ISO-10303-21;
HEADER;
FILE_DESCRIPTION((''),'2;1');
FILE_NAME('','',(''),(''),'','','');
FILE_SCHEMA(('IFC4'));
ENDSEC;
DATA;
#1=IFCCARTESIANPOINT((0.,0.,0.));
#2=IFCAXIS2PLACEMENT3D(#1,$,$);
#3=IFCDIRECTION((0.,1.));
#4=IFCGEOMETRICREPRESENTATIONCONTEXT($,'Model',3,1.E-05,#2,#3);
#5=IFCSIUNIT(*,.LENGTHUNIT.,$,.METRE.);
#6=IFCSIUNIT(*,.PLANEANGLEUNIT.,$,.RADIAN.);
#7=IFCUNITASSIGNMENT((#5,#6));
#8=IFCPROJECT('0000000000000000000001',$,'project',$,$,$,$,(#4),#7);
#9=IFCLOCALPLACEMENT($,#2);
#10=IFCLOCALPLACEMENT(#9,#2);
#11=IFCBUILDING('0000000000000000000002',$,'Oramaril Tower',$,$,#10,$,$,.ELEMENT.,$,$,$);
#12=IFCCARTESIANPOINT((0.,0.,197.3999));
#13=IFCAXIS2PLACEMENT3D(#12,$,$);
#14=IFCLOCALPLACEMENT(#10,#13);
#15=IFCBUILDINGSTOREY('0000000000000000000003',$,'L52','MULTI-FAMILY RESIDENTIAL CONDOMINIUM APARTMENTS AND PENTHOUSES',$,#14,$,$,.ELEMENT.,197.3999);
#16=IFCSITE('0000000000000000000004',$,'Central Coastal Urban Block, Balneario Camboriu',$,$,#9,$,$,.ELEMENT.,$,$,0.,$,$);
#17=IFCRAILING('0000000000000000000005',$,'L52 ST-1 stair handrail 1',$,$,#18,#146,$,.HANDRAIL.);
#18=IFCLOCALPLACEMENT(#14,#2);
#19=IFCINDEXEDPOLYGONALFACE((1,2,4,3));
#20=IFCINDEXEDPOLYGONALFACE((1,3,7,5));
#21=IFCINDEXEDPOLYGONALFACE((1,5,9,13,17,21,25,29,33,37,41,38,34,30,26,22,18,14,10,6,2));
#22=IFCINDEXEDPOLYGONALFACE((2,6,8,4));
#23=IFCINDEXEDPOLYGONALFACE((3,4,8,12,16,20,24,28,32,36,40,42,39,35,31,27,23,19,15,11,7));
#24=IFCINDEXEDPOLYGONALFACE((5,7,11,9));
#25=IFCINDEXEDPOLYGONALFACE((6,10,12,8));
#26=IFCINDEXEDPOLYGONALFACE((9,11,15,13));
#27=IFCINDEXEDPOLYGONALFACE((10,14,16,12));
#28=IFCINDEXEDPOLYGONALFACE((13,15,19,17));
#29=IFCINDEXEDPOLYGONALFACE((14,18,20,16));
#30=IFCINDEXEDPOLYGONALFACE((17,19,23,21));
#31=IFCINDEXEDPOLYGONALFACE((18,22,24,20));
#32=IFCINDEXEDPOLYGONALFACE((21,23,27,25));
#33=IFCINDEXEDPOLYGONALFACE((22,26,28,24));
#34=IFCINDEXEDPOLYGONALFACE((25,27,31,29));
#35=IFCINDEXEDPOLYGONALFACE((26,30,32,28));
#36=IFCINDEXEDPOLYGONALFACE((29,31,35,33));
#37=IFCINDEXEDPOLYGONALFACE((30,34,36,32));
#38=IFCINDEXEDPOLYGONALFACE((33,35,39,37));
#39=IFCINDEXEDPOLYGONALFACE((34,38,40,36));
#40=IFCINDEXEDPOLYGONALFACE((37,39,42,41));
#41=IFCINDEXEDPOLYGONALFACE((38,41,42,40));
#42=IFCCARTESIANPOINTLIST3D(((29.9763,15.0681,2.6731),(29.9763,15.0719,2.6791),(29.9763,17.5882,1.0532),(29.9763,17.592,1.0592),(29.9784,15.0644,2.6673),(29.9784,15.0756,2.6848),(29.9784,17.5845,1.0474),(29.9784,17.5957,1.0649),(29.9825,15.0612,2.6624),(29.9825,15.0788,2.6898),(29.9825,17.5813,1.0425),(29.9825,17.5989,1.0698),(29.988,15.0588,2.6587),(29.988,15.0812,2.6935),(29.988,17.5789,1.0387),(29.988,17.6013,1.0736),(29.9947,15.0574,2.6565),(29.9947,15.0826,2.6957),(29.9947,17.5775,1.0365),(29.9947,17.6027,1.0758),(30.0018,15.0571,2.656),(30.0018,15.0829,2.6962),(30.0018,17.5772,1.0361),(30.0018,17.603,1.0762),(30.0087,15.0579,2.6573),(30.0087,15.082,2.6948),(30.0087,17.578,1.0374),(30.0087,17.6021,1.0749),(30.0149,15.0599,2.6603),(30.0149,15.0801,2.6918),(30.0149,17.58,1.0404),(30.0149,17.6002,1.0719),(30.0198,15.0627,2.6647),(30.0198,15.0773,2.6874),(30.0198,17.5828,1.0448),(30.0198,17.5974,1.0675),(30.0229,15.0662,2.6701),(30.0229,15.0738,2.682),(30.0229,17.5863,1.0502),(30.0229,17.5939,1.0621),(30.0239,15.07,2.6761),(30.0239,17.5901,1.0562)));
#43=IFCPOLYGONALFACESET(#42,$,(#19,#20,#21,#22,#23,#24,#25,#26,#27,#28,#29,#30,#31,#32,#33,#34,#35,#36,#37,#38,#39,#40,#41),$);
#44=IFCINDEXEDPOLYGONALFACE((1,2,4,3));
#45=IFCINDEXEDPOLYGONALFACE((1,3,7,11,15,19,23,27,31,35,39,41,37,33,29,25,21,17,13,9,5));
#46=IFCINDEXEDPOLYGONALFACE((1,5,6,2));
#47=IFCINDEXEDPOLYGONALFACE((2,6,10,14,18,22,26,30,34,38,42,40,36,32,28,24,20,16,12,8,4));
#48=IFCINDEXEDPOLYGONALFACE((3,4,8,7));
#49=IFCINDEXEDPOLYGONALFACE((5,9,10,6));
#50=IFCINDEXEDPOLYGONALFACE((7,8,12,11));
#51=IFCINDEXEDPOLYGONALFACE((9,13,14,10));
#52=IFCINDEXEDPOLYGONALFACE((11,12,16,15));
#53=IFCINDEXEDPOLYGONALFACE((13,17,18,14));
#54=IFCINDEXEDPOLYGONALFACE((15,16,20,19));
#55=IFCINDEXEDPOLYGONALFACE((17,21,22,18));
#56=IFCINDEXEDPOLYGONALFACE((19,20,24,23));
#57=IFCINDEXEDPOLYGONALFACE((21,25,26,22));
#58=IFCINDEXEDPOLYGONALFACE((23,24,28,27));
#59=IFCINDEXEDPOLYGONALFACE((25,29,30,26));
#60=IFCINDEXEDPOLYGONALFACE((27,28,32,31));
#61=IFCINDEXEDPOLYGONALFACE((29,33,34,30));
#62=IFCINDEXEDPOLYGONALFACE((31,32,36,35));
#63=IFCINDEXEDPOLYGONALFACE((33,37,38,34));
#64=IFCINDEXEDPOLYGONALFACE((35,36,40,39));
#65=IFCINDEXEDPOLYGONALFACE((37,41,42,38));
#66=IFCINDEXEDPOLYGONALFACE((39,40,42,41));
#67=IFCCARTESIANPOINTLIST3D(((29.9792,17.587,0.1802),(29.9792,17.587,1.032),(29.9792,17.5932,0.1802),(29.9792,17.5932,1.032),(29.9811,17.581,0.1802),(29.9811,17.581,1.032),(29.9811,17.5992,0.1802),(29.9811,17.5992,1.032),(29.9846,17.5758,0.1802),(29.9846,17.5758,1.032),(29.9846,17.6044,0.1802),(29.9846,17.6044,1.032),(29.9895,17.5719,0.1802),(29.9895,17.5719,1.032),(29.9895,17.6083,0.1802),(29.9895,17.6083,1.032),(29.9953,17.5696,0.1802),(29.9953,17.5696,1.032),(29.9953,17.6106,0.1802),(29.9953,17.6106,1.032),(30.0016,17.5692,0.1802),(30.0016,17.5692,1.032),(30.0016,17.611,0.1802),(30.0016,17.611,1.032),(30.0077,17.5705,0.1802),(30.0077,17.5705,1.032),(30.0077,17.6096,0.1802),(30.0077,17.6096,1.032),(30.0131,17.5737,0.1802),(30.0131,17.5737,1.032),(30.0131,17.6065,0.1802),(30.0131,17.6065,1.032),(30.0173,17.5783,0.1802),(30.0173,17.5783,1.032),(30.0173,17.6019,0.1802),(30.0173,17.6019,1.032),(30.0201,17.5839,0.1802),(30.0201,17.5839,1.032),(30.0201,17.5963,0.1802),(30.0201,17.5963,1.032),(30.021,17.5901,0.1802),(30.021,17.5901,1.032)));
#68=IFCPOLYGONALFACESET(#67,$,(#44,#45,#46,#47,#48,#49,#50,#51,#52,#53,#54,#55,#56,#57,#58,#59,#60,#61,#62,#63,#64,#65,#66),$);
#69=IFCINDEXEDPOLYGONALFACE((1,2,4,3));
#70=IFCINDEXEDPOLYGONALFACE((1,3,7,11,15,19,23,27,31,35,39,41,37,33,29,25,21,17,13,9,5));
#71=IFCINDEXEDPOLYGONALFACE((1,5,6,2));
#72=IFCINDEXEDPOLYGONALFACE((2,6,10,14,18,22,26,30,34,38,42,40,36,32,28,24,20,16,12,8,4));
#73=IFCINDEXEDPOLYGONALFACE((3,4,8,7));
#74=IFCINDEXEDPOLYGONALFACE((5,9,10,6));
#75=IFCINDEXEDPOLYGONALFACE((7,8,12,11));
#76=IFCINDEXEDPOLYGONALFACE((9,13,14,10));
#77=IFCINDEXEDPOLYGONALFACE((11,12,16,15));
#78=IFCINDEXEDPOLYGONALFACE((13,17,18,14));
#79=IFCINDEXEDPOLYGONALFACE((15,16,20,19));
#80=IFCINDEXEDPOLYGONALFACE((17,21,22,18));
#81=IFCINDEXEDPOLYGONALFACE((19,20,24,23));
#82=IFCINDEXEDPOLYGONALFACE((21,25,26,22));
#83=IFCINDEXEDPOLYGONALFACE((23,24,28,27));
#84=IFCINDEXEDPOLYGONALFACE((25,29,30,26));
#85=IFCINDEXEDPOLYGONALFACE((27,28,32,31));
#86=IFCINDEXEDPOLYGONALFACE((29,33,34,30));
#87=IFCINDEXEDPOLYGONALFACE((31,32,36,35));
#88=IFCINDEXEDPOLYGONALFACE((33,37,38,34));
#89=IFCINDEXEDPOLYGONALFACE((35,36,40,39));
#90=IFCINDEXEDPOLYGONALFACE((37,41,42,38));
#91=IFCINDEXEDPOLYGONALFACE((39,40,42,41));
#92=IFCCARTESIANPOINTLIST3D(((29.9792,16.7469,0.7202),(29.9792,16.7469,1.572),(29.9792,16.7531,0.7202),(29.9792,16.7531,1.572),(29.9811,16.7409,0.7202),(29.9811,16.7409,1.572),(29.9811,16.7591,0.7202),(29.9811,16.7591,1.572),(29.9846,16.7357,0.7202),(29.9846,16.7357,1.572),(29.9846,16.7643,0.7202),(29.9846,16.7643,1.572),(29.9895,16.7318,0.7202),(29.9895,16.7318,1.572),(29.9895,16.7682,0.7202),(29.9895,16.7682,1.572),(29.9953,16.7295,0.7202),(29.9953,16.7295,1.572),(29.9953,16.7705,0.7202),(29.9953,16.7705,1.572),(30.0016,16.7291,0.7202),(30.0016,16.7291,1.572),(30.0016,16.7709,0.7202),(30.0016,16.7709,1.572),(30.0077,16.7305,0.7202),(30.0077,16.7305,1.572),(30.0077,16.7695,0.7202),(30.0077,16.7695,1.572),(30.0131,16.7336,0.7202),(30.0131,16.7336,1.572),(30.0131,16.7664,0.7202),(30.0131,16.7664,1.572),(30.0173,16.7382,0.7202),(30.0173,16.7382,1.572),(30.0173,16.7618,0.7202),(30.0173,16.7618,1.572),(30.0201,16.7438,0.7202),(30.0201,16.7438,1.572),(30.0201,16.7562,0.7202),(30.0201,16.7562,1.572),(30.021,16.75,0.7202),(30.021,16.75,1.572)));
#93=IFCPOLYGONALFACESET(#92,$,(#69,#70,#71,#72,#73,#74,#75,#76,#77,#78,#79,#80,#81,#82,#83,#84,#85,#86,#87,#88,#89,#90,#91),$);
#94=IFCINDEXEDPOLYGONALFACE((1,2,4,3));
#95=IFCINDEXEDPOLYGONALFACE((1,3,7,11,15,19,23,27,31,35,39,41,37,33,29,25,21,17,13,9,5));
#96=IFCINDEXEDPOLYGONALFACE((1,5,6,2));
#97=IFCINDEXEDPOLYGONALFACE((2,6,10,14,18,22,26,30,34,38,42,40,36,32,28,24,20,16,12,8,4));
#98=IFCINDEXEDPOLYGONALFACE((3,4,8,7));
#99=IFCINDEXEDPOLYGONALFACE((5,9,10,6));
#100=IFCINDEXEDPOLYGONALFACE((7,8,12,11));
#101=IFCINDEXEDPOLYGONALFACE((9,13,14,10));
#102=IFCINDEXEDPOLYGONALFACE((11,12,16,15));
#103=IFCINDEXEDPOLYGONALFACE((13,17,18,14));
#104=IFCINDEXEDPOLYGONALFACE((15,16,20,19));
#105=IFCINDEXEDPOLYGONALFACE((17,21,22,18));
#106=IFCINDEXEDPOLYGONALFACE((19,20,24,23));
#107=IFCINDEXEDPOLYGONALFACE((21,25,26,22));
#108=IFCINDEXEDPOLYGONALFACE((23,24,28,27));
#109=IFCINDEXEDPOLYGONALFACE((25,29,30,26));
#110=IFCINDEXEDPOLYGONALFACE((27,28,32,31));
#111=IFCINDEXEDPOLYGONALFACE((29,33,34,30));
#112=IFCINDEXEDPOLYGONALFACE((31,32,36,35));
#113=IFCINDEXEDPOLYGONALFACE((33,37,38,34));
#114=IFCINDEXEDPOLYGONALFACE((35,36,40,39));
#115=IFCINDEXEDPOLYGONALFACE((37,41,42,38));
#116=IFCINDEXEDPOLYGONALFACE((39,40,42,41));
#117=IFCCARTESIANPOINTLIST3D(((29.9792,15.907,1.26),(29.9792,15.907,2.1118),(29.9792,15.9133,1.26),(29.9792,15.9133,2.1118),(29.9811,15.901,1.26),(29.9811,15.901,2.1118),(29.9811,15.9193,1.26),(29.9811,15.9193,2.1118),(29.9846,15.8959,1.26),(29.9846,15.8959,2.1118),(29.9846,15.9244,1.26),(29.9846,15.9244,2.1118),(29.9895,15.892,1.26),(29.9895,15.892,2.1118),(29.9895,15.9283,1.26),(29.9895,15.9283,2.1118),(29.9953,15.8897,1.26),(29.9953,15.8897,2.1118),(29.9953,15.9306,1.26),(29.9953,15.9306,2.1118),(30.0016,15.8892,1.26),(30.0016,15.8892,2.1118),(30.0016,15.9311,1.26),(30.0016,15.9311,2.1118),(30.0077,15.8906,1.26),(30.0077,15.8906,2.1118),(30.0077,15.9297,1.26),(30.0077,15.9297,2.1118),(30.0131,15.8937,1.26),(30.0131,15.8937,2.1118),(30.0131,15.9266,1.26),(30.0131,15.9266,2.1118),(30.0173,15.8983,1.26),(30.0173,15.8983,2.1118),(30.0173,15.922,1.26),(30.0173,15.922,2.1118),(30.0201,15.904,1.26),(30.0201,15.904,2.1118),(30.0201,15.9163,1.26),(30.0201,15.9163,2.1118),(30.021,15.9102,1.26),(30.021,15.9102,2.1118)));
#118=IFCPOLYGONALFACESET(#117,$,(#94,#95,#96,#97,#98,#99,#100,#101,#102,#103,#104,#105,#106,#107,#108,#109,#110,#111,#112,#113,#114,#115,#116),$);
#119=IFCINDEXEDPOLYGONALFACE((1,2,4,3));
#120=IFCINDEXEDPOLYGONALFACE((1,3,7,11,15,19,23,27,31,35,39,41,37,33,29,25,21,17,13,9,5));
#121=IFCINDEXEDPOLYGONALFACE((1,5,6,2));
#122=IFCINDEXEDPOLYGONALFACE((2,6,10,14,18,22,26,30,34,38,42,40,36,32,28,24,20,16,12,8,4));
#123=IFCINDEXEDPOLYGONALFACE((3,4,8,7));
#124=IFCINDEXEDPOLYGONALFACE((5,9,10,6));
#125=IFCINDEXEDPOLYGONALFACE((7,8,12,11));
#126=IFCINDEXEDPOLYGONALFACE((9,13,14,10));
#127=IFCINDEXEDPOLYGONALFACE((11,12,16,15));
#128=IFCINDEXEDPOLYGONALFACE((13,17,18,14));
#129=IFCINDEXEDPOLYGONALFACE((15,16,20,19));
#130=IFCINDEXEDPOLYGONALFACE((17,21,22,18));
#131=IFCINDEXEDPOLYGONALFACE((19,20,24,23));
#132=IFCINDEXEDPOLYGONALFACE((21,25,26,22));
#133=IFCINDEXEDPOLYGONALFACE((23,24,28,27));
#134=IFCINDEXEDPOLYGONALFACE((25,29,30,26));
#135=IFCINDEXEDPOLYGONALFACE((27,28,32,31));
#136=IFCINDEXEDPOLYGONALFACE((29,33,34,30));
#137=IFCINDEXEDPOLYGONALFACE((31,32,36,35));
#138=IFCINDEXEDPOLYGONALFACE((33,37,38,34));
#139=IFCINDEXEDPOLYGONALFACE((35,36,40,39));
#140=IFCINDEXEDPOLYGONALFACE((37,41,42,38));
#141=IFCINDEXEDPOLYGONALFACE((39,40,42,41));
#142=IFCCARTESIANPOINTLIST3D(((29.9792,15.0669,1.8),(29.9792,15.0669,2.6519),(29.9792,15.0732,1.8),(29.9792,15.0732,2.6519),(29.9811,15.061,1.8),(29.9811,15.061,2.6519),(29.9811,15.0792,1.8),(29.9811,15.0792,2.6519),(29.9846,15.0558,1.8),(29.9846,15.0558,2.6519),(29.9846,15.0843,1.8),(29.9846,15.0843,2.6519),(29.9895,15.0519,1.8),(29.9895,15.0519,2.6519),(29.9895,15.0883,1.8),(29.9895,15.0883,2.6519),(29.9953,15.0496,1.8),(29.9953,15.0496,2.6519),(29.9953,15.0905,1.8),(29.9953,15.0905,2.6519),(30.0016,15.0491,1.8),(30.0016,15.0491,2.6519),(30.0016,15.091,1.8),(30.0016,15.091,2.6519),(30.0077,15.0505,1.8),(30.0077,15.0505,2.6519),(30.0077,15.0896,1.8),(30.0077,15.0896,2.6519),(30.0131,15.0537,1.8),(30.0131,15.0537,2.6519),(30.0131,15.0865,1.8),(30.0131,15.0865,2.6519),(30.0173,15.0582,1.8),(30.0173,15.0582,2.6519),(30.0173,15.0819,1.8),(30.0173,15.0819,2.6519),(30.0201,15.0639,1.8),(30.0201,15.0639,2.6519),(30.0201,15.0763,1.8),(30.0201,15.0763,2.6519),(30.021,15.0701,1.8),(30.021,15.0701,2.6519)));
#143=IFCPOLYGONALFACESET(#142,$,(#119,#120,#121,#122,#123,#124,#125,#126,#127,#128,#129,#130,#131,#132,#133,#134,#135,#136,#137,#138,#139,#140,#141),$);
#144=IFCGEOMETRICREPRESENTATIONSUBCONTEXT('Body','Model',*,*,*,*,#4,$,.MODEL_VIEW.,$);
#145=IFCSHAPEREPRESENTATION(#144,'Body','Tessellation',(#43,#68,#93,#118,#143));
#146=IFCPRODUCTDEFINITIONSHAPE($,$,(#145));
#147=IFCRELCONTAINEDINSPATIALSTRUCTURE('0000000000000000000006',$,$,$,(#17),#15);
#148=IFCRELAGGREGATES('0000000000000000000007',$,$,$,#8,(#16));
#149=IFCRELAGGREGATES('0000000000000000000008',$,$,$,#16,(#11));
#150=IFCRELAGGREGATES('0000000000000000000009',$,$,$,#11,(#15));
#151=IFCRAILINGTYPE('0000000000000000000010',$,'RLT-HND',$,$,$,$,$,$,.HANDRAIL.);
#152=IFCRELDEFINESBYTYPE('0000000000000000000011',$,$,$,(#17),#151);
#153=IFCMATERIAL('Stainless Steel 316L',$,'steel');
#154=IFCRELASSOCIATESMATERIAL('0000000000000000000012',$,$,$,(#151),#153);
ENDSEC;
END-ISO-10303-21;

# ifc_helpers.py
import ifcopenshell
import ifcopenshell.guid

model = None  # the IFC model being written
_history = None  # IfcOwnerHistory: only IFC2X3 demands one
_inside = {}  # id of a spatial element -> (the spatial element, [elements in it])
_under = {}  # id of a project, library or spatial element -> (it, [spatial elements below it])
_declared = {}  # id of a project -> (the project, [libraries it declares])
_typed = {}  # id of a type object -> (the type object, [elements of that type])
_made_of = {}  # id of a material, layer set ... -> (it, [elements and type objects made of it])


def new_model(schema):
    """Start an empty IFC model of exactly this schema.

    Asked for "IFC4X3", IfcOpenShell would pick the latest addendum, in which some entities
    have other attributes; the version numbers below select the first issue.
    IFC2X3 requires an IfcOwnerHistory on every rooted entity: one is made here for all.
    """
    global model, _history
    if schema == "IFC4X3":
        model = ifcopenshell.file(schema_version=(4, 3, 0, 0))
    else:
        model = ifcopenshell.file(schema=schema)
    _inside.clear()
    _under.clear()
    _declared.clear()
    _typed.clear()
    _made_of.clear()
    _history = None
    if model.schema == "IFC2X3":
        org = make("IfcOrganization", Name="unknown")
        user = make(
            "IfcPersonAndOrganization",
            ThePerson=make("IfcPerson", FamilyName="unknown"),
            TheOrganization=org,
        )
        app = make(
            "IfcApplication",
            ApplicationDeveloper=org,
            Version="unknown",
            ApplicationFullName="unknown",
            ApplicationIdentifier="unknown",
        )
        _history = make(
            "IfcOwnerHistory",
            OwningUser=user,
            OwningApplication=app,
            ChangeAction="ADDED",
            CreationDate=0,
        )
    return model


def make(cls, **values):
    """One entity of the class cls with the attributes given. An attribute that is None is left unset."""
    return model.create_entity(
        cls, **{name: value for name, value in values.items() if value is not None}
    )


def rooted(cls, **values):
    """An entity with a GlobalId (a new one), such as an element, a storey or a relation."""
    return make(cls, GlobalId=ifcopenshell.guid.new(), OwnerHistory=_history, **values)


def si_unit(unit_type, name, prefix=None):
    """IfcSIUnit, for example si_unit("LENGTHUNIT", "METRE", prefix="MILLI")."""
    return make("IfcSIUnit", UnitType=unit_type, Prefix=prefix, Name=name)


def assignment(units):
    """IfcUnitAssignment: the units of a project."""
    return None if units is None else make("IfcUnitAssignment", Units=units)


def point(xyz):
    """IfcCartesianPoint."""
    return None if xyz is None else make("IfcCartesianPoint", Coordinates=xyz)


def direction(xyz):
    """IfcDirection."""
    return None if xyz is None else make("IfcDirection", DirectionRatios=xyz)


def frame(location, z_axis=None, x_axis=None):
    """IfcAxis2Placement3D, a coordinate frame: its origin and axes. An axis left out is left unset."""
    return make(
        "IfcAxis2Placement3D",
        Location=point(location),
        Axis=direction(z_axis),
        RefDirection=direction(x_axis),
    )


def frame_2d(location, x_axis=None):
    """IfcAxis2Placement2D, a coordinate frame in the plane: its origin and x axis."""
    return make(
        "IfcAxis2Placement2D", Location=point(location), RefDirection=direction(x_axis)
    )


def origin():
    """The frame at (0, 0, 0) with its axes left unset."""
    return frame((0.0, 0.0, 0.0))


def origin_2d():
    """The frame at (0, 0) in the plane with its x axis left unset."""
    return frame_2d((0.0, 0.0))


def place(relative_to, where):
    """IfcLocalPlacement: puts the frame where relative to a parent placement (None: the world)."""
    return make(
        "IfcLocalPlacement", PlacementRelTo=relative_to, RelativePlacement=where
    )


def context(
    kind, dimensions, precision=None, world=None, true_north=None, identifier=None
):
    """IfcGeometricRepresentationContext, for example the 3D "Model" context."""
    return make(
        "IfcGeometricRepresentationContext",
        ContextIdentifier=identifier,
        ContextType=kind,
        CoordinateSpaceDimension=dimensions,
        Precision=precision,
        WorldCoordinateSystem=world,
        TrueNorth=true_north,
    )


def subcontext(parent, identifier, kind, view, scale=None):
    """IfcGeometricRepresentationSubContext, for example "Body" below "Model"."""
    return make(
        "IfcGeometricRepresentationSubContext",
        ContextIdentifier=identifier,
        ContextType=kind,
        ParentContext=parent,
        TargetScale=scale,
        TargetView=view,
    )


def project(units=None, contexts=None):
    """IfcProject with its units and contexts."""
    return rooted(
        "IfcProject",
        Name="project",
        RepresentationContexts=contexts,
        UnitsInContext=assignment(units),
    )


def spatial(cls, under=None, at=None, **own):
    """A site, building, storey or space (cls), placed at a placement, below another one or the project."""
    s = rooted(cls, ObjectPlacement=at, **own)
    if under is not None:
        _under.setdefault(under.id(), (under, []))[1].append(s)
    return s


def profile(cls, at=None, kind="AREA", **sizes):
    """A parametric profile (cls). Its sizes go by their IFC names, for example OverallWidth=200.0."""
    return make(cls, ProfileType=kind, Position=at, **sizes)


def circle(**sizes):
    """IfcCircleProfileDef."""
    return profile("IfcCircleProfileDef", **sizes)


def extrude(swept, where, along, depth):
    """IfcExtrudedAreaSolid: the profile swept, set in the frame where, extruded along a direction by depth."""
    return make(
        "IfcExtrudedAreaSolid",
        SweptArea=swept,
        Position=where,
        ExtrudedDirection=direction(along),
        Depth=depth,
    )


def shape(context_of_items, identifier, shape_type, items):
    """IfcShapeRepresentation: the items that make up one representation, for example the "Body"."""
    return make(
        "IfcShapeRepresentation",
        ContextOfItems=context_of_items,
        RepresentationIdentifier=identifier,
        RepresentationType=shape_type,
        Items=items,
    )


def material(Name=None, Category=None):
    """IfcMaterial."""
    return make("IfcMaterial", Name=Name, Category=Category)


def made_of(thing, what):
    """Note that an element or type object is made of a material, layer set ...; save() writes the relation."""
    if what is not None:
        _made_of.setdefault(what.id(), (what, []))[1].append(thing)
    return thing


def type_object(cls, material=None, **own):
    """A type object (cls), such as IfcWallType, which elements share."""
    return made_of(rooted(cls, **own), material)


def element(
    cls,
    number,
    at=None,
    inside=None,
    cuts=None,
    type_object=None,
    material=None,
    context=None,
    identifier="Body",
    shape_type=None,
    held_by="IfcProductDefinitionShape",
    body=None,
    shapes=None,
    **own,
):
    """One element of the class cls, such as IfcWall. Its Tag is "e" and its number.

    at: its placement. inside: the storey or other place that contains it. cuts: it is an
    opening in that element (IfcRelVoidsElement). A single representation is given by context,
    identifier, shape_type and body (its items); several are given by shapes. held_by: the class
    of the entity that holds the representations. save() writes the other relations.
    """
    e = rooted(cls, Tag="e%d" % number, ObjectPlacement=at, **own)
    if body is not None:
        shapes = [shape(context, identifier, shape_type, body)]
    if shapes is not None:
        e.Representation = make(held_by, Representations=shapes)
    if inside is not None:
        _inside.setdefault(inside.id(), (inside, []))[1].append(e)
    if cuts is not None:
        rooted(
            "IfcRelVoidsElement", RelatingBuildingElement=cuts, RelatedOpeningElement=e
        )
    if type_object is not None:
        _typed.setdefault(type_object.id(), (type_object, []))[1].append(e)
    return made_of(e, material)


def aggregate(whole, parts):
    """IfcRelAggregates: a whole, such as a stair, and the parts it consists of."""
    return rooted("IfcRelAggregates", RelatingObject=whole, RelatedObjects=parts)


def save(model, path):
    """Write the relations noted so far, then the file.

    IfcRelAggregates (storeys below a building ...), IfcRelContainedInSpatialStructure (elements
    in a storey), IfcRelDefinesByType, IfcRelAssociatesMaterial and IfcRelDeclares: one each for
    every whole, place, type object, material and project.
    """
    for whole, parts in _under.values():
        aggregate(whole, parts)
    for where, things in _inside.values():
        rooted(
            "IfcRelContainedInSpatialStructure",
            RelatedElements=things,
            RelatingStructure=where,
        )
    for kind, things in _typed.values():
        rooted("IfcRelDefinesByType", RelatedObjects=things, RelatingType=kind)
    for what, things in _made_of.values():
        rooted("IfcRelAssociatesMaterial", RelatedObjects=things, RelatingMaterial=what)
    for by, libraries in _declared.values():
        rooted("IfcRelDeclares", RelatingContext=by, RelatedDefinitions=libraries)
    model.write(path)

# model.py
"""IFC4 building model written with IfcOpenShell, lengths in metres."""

from ifc_helpers import new_model, si_unit, direction, frame, origin, origin_2d, place, context, subcontext, project, spatial, circle, extrude, material, type_object, element, save


model = new_model("IFC4")

# Units and contexts
model_context = context("Model", 3, precision=1e-05, world=origin(), true_north=direction((0.0, 1.0)))
body_context = subcontext(model_context, "Body", "Model", "MODEL_VIEW")
ifc_project = project(units=[si_unit("LENGTHUNIT", "METRE"), si_unit("PLANEANGLEUNIT", "RADIAN")], contexts=[model_context])

# Site, building, storey
site_placement = place(None, origin())
site = spatial("IfcSite", under=ifc_project, at=site_placement, Name="Central Coastal Urban Block, Balneario Camboriu", CompositionType="ELEMENT", RefElevation=0.0)
building_placement = place(site_placement, origin())
building = spatial("IfcBuilding", under=site, at=building_placement, Name="Oramaril Tower", CompositionType="ELEMENT")
storey_placement = place(building_placement, frame((0.0, 0.0, 197.3999)))
storey = spatial("IfcBuildingStorey", under=building, at=storey_placement, Name="L52", Description="MULTI-FAMILY RESIDENTIAL CONDOMINIUM APARTMENTS AND PENTHOUSES", CompositionType="ELEMENT", Elevation=197.3999)

# Railing
ifc_material_1 = material(Name="Stainless Steel 316L", Category="steel")
railing_type_1 = type_object("IfcRailingType", Name="RLT-HND", PredefinedType="HANDRAIL", material=ifc_material_1)
railing_1_placement = place(storey_placement, frame((30.0, 17.5901, 0.1802)))
element("IfcRailing", 1, at=railing_1_placement, inside=storey, type_object=railing_type_1, Name="L52 ST-1 stair handrail 1", PredefinedType="HANDRAIL", context=body_context, shape_type="SweptSolid", body=[
    extrude(circle(Radius=0.0239, at=origin_2d()), frame((0.0, 0.0, 0.876), z_axis=(0.0, -0.8412, 0.540725), x_axis=(1.0, 0.0, 0.0)), (0.0, 0.0, 1.0), 2.9958),
    extrude(circle(Radius=0.021, at=origin_2d()), origin(), (0.0, 0.0, 1.0), 0.8518),
    extrude(circle(Radius=0.021, at=origin_2d()), frame((0.0, -0.8401, 0.54)), (0.0, 0.0, 1.0), 0.8518),
    extrude(circle(Radius=0.021, at=origin_2d()), frame((0.0, -1.6799, 1.0798)), (0.0, 0.0, 1.0), 0.8518),
    extrude(circle(Radius=0.021, at=origin_2d()), frame((0.0, -2.52, 1.6199)), (0.0, 0.0, 1.0), 0.8518),
])

save(model, "model.ifc")
